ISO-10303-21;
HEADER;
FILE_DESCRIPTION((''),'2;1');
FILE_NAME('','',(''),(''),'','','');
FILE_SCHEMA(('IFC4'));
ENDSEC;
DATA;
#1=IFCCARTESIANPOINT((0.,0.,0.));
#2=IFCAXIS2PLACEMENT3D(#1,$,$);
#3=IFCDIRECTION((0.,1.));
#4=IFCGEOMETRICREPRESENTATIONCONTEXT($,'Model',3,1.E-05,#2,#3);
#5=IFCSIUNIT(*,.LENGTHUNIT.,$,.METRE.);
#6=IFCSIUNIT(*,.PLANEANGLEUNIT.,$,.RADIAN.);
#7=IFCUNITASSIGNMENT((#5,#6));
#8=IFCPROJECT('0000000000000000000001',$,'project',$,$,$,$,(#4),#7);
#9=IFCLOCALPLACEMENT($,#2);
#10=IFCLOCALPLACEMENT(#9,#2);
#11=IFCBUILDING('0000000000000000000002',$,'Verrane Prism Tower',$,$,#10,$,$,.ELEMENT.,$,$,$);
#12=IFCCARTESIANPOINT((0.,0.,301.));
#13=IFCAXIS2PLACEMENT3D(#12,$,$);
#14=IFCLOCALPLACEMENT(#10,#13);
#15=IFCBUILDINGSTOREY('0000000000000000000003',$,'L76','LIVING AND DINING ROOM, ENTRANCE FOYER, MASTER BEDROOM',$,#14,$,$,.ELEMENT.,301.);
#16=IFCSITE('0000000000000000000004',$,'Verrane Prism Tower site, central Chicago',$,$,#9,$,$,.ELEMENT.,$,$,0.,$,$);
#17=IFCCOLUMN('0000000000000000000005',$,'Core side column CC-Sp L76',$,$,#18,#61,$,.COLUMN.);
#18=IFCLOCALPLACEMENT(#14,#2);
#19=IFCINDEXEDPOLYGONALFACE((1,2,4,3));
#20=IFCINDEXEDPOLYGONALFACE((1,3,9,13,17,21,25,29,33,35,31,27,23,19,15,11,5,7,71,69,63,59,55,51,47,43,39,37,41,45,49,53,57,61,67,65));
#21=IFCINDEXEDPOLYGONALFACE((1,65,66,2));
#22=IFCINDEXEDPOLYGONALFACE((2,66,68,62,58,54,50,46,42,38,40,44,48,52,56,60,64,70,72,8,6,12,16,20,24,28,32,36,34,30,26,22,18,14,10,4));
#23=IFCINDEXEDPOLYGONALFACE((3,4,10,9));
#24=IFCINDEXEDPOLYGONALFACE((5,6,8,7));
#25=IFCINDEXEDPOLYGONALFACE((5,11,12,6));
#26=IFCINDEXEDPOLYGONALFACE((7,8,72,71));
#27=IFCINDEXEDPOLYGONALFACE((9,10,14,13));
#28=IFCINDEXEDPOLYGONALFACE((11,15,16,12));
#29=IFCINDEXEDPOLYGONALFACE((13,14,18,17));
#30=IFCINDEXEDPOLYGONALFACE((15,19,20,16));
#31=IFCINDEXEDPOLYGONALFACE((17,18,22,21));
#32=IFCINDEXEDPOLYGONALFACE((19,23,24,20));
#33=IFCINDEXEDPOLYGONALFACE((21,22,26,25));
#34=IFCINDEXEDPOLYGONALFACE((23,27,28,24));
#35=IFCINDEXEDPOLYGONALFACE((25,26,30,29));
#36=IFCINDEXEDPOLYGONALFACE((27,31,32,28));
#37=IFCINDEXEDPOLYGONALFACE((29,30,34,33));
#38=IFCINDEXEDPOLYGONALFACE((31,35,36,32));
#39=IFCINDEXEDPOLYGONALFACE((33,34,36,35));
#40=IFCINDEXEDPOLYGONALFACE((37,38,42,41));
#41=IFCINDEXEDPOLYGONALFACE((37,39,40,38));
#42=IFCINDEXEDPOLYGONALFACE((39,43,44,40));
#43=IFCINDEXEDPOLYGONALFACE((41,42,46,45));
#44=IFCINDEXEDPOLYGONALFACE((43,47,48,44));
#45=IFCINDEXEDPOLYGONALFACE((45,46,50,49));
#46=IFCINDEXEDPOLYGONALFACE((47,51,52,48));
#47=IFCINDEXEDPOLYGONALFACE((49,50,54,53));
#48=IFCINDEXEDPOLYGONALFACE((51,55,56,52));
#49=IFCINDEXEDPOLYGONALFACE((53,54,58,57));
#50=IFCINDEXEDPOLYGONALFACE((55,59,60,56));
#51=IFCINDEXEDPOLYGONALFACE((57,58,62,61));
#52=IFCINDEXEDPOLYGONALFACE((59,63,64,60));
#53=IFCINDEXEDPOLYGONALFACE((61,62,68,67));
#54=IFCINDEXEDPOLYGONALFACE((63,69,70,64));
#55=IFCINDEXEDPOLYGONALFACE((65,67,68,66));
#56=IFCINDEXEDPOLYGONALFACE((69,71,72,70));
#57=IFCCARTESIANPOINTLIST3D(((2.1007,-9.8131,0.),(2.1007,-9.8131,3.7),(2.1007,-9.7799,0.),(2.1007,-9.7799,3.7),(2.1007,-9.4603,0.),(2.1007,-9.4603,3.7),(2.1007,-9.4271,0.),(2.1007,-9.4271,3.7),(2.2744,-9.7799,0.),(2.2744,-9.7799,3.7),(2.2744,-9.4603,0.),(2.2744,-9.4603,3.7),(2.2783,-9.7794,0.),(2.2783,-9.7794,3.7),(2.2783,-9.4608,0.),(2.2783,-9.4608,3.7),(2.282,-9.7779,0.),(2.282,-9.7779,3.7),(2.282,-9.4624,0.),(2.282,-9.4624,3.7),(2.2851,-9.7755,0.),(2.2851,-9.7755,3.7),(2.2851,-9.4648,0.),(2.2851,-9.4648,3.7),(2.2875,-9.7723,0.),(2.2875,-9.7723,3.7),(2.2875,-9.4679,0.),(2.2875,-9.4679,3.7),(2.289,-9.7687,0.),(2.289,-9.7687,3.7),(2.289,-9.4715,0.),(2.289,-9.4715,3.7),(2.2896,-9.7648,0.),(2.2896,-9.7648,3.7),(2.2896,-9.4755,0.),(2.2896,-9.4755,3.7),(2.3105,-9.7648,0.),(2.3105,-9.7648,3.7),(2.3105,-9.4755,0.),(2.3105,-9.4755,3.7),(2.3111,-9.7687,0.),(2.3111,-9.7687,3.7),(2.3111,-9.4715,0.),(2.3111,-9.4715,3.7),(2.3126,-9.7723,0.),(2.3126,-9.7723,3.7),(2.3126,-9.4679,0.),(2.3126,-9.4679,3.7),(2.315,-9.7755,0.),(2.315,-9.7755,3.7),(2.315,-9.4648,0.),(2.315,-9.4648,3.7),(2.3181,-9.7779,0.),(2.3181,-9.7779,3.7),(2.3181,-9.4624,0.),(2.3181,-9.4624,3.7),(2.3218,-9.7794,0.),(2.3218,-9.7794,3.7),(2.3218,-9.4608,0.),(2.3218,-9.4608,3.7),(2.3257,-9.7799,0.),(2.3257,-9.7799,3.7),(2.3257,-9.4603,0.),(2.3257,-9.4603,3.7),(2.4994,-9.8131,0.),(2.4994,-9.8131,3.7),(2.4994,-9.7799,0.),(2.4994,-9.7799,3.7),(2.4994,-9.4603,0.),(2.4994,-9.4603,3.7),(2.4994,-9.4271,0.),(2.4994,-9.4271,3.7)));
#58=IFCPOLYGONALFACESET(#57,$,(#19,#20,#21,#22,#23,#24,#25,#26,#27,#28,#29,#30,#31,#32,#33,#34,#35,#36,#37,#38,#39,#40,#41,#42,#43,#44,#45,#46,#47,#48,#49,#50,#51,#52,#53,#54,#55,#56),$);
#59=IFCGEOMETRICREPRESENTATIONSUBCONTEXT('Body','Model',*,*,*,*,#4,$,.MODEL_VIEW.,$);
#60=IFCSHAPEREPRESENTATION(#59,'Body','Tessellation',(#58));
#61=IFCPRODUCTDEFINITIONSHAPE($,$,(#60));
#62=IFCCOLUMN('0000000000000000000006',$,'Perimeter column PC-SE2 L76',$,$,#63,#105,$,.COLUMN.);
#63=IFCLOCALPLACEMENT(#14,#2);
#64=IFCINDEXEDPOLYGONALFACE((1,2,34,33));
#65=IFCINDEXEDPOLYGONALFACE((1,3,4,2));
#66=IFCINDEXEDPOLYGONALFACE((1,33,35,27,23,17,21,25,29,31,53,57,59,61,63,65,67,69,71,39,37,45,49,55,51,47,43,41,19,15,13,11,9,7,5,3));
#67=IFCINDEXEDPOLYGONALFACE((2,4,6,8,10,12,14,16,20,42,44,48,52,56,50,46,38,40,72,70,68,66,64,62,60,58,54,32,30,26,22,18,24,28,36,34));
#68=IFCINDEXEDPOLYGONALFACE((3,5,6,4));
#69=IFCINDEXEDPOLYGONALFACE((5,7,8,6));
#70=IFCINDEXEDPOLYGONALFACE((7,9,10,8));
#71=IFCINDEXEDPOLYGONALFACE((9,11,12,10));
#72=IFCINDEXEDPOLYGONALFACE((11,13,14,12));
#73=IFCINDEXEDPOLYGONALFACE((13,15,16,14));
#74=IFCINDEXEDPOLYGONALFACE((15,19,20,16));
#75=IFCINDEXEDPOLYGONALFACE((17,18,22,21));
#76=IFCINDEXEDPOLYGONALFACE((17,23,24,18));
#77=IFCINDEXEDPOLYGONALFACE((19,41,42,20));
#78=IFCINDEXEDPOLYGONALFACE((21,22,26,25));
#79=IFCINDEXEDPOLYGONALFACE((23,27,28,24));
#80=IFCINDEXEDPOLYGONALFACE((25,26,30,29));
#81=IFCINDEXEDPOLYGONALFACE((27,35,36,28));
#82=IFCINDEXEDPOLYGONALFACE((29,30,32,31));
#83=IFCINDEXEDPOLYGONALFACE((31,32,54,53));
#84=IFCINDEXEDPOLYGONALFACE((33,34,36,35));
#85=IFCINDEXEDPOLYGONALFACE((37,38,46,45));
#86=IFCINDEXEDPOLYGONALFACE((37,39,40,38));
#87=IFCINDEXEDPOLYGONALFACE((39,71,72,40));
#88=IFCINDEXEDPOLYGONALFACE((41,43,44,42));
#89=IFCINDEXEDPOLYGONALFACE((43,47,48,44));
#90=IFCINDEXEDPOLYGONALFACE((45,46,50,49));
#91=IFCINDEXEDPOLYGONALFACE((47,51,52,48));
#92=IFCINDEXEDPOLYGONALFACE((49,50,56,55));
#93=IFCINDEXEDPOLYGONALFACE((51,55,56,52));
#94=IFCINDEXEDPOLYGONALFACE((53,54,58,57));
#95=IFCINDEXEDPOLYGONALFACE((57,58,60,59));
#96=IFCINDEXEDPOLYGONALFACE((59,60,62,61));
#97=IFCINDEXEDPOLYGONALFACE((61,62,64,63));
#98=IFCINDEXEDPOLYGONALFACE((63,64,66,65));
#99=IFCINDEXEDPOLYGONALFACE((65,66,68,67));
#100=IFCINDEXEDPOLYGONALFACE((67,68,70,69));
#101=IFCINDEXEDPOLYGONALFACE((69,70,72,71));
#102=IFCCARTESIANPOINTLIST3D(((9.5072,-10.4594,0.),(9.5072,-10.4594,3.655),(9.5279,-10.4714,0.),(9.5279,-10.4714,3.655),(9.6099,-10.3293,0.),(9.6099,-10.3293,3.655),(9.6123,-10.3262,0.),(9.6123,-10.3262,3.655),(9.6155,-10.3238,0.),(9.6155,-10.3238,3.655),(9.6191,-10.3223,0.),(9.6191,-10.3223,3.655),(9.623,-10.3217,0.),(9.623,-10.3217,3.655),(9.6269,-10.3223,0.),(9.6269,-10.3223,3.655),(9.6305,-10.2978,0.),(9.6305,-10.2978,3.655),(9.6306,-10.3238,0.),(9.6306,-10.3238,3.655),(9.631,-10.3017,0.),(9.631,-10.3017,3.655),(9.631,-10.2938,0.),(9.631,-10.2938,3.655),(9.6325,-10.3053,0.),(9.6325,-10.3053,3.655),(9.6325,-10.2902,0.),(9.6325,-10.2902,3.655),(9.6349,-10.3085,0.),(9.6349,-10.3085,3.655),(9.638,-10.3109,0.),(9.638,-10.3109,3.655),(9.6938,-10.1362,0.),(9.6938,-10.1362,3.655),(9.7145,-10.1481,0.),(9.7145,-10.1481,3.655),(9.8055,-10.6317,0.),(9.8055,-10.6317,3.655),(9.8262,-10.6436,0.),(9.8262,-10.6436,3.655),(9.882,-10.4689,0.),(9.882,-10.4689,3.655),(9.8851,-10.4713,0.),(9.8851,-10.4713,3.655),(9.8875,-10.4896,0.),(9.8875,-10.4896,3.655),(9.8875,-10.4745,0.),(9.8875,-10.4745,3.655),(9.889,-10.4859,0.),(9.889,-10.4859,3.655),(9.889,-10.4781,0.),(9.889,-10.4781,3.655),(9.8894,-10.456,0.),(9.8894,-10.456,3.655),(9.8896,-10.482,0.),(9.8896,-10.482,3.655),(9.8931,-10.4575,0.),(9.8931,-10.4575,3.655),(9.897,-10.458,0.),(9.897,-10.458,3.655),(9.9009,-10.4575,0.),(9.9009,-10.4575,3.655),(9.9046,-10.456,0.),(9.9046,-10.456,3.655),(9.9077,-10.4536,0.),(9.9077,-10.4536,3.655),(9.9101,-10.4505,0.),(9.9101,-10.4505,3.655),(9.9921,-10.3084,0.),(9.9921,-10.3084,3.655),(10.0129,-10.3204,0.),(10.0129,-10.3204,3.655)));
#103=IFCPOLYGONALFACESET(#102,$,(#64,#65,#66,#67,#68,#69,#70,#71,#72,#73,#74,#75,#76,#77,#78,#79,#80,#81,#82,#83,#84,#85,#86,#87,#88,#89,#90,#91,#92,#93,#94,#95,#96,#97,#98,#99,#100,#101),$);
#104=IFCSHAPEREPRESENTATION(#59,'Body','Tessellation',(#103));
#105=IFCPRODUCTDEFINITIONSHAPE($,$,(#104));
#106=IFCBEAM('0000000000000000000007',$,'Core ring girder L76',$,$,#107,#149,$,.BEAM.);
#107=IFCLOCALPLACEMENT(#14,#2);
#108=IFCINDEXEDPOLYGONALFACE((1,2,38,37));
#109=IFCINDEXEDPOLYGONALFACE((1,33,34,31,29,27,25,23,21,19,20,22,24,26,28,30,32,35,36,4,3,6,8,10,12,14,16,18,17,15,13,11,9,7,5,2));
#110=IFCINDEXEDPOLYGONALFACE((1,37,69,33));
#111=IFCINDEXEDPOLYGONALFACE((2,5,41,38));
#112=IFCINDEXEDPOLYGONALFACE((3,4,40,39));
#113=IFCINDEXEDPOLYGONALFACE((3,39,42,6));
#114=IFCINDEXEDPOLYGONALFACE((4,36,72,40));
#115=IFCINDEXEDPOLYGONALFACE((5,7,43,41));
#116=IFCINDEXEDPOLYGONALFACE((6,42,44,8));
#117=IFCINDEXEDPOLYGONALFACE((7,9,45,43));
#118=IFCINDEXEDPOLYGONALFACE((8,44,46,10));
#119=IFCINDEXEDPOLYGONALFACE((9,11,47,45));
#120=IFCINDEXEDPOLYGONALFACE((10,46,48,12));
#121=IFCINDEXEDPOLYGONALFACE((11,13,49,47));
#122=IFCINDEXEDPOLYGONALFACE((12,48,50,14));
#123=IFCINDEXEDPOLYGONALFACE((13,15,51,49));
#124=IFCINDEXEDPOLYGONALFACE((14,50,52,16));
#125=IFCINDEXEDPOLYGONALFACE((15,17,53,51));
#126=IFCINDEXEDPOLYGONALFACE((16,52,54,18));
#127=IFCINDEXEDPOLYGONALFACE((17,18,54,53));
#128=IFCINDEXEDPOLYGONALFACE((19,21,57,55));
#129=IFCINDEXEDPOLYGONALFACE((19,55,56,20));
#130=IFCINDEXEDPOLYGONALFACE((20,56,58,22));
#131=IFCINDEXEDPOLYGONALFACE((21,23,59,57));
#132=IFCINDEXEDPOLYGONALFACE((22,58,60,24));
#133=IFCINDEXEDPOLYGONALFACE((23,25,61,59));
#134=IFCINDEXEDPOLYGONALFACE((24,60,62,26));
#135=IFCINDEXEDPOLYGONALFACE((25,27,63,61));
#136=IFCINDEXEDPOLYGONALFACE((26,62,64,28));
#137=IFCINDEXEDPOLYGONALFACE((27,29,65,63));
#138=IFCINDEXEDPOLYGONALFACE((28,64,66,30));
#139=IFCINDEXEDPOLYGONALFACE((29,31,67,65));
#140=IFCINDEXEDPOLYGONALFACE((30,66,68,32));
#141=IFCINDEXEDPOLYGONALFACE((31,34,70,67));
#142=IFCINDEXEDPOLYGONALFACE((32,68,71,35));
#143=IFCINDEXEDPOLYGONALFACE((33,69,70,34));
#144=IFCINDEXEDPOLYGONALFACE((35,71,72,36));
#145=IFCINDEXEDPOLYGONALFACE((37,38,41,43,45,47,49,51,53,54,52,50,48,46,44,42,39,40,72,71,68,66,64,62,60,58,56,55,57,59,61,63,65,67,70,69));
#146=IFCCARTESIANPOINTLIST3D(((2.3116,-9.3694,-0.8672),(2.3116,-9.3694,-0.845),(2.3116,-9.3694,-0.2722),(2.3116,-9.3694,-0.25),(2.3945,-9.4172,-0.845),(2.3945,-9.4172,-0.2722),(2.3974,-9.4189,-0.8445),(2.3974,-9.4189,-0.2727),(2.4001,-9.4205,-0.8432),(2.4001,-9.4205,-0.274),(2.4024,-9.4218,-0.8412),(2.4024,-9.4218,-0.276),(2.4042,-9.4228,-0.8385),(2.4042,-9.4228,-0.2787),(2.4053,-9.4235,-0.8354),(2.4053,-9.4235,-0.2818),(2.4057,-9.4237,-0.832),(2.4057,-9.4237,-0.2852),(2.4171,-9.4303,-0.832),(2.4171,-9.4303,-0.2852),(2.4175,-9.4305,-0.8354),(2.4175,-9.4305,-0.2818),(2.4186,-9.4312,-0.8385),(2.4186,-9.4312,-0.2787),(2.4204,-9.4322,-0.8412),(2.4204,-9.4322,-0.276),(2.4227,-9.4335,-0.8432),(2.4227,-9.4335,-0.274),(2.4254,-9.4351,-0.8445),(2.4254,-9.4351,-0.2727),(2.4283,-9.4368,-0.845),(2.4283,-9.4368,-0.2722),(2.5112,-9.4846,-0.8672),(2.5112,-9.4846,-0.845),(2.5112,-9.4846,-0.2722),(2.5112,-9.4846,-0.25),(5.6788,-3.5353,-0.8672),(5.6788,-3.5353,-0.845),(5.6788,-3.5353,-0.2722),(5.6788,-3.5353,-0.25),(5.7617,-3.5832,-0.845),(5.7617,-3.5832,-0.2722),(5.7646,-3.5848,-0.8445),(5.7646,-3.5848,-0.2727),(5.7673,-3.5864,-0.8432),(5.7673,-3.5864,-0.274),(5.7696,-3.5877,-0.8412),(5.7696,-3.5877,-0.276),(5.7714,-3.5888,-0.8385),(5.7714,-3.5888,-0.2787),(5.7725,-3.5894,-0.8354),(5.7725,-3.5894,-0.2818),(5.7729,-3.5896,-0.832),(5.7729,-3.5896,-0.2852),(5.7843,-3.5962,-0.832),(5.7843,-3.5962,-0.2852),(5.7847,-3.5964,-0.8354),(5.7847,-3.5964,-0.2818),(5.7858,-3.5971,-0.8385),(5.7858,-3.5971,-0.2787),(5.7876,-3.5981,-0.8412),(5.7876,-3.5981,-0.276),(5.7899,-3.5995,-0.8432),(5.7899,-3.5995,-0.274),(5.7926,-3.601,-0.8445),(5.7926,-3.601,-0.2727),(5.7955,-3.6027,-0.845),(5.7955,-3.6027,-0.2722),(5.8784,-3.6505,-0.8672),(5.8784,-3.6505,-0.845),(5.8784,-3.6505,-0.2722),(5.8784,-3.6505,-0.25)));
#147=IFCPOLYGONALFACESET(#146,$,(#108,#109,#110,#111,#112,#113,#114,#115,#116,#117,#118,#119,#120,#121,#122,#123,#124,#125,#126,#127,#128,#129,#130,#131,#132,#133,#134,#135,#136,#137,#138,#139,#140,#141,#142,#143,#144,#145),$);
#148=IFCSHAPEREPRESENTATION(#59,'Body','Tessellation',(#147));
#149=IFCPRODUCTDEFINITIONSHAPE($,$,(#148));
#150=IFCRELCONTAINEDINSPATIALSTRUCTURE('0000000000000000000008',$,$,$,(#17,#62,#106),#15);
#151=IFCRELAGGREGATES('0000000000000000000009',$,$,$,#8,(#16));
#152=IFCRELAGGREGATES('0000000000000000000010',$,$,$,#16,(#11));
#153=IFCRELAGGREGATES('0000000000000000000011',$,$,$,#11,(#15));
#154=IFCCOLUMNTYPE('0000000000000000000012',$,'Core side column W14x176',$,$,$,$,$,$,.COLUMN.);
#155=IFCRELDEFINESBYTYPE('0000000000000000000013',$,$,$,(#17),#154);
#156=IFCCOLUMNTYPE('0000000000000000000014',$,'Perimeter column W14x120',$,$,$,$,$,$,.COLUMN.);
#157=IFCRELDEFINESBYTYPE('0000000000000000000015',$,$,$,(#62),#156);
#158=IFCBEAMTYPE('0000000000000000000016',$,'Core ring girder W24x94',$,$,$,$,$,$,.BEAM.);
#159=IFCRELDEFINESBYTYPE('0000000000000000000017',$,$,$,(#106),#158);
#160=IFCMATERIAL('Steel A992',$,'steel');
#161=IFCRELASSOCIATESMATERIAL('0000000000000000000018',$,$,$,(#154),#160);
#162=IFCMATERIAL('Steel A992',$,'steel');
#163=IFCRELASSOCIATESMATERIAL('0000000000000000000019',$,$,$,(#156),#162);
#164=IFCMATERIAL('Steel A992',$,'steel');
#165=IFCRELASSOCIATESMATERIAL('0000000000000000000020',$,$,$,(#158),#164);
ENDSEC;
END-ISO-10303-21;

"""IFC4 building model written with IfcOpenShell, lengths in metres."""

from ifc_helpers import new_model, si_unit, direction, frame, origin, origin_2d, place, context, subcontext, project, spatial, i_section, extrude, material, material_profile, profile_set, type_object, element, save


model = new_model("IFC4")

# Units and contexts
model_context = context("Model", 3, precision=1e-05, world=origin(), true_north=direction((0.0, 1.0)))
body_context = subcontext(model_context, "Body", "Model", "MODEL_VIEW")
ifc_project = project(units=[si_unit("LENGTHUNIT", "METRE"), si_unit("PLANEANGLEUNIT", "RADIAN")], contexts=[model_context])

# Site, building, storey
site_placement = place(None, origin())
site = spatial("IfcSite", under=ifc_project, at=site_placement, Name="Verrane Prism Tower site, central Chicago", CompositionType="ELEMENT", RefElevation=0.0)
building_placement = place(site_placement, origin())
building = spatial("IfcBuilding", under=site, at=building_placement, Name="Verrane Prism Tower", CompositionType="ELEMENT")
storey_placement = place(building_placement, frame((0.0, 0.0, 301.0)))
storey = spatial("IfcBuildingStorey", under=building, at=storey_placement, Name="L76", Description="LIVING AND DINING ROOM, ENTRANCE FOYER, MASTER BEDROOM", CompositionType="ELEMENT", Elevation=301.0)

# Columns
ifc_material_1 = material(Name="Steel A992", Category="steel")
ifc_material_profile_1 = material_profile(ifc_material_1, i_section(OverallWidth=0.3987, OverallDepth=0.386, WebThickness=0.021, FlangeThickness=0.0332, FilletRadius=0.0151, at=origin_2d()), Name="W14x176")
ifc_profile_set_1 = profile_set([ifc_material_profile_1], Name="Steel A992")
column_type_1 = type_object("IfcColumnType", Name="Core side column W14x176", PredefinedType="COLUMN", material=ifc_profile_set_1)
column_1_placement = place(storey_placement, frame((2.3, -9.6201, 0.0), z_axis=(0.0, 0.0, 1.0), x_axis=(1.0, 0.0, 0.0)))
element("IfcColumn", 1, at=column_1_placement, inside=storey, type_object=column_type_1, Name="Core side column CC-Sp L76", PredefinedType="COLUMN", context=body_context, shape_type="SweptSolid", body=[
    extrude(i_section(OverallWidth=0.3987, OverallDepth=0.386, WebThickness=0.021, FlangeThickness=0.0332, FilletRadius=0.0151, at=origin_2d()), origin(), (0.0, 0.0, 1.0), 3.7),
])
ifc_material_2 = material(Name="Steel A992", Category="steel")
ifc_material_profile_2 = material_profile(ifc_material_2, i_section(OverallWidth=0.3733, OverallDepth=0.3684, WebThickness=0.0149, FlangeThickness=0.0239, FilletRadius=0.0151, at=origin_2d()), Name="W14x120")
ifc_profile_set_2 = profile_set([ifc_material_profile_2], Name="Steel A992")
column_type_2 = type_object("IfcColumnType", Name="Perimeter column W14x120", PredefinedType="COLUMN", material=ifc_profile_set_2)
column_2_placement = place(storey_placement, frame((9.76, -10.3899, 0.0), z_axis=(0.0, 0.0, 1.0), x_axis=(-0.5, -0.866025, 0.0)))
element("IfcColumn", 2, at=column_2_placement, inside=storey, type_object=column_type_2, Name="Perimeter column PC-SE2 L76", PredefinedType="COLUMN", context=body_context, shape_type="SweptSolid", body=[
    extrude(i_section(OverallWidth=0.3733, OverallDepth=0.3684, WebThickness=0.0149, FlangeThickness=0.0239, FilletRadius=0.0151, at=origin_2d()), origin(), (0.0, 0.0, 1.0), 3.655),
])

# Beam
ifc_material_3 = material(Name="Steel A992", Category="steel")
ifc_material_profile_3 = material_profile(ifc_material_3, i_section(OverallWidth=0.2305, OverallDepth=0.6172, WebThickness=0.0132, FlangeThickness=0.0222, FilletRadius=0.0129, at=origin_2d()), Name="W24x94")
ifc_profile_set_3 = profile_set([ifc_material_profile_3], Name="Steel A992")
beam_type_1 = type_object("IfcBeamType", Name="Core ring girder W24x94", PredefinedType="BEAM", material=ifc_profile_set_3)
beam_1_placement = place(storey_placement, frame((2.4114, -9.427, -0.5586), z_axis=(0.499881, 0.866094, 0.0), x_axis=(-0.866094, 0.499881, 0.0)))
element("IfcBeam", 3, at=beam_1_placement, inside=storey, type_object=beam_type_1, Name="Core ring girder L76", PredefinedType="BEAM", context=body_context, shape_type="SweptSolid", body=[
    extrude(i_section(OverallWidth=0.2305, OverallDepth=0.6172, WebThickness=0.0132, FlangeThickness=0.0222, FilletRadius=0.0129, at=origin_2d()), origin(), (0.0, 0.0, 1.0), 6.7361),
])

save(model, "model.ifc")
